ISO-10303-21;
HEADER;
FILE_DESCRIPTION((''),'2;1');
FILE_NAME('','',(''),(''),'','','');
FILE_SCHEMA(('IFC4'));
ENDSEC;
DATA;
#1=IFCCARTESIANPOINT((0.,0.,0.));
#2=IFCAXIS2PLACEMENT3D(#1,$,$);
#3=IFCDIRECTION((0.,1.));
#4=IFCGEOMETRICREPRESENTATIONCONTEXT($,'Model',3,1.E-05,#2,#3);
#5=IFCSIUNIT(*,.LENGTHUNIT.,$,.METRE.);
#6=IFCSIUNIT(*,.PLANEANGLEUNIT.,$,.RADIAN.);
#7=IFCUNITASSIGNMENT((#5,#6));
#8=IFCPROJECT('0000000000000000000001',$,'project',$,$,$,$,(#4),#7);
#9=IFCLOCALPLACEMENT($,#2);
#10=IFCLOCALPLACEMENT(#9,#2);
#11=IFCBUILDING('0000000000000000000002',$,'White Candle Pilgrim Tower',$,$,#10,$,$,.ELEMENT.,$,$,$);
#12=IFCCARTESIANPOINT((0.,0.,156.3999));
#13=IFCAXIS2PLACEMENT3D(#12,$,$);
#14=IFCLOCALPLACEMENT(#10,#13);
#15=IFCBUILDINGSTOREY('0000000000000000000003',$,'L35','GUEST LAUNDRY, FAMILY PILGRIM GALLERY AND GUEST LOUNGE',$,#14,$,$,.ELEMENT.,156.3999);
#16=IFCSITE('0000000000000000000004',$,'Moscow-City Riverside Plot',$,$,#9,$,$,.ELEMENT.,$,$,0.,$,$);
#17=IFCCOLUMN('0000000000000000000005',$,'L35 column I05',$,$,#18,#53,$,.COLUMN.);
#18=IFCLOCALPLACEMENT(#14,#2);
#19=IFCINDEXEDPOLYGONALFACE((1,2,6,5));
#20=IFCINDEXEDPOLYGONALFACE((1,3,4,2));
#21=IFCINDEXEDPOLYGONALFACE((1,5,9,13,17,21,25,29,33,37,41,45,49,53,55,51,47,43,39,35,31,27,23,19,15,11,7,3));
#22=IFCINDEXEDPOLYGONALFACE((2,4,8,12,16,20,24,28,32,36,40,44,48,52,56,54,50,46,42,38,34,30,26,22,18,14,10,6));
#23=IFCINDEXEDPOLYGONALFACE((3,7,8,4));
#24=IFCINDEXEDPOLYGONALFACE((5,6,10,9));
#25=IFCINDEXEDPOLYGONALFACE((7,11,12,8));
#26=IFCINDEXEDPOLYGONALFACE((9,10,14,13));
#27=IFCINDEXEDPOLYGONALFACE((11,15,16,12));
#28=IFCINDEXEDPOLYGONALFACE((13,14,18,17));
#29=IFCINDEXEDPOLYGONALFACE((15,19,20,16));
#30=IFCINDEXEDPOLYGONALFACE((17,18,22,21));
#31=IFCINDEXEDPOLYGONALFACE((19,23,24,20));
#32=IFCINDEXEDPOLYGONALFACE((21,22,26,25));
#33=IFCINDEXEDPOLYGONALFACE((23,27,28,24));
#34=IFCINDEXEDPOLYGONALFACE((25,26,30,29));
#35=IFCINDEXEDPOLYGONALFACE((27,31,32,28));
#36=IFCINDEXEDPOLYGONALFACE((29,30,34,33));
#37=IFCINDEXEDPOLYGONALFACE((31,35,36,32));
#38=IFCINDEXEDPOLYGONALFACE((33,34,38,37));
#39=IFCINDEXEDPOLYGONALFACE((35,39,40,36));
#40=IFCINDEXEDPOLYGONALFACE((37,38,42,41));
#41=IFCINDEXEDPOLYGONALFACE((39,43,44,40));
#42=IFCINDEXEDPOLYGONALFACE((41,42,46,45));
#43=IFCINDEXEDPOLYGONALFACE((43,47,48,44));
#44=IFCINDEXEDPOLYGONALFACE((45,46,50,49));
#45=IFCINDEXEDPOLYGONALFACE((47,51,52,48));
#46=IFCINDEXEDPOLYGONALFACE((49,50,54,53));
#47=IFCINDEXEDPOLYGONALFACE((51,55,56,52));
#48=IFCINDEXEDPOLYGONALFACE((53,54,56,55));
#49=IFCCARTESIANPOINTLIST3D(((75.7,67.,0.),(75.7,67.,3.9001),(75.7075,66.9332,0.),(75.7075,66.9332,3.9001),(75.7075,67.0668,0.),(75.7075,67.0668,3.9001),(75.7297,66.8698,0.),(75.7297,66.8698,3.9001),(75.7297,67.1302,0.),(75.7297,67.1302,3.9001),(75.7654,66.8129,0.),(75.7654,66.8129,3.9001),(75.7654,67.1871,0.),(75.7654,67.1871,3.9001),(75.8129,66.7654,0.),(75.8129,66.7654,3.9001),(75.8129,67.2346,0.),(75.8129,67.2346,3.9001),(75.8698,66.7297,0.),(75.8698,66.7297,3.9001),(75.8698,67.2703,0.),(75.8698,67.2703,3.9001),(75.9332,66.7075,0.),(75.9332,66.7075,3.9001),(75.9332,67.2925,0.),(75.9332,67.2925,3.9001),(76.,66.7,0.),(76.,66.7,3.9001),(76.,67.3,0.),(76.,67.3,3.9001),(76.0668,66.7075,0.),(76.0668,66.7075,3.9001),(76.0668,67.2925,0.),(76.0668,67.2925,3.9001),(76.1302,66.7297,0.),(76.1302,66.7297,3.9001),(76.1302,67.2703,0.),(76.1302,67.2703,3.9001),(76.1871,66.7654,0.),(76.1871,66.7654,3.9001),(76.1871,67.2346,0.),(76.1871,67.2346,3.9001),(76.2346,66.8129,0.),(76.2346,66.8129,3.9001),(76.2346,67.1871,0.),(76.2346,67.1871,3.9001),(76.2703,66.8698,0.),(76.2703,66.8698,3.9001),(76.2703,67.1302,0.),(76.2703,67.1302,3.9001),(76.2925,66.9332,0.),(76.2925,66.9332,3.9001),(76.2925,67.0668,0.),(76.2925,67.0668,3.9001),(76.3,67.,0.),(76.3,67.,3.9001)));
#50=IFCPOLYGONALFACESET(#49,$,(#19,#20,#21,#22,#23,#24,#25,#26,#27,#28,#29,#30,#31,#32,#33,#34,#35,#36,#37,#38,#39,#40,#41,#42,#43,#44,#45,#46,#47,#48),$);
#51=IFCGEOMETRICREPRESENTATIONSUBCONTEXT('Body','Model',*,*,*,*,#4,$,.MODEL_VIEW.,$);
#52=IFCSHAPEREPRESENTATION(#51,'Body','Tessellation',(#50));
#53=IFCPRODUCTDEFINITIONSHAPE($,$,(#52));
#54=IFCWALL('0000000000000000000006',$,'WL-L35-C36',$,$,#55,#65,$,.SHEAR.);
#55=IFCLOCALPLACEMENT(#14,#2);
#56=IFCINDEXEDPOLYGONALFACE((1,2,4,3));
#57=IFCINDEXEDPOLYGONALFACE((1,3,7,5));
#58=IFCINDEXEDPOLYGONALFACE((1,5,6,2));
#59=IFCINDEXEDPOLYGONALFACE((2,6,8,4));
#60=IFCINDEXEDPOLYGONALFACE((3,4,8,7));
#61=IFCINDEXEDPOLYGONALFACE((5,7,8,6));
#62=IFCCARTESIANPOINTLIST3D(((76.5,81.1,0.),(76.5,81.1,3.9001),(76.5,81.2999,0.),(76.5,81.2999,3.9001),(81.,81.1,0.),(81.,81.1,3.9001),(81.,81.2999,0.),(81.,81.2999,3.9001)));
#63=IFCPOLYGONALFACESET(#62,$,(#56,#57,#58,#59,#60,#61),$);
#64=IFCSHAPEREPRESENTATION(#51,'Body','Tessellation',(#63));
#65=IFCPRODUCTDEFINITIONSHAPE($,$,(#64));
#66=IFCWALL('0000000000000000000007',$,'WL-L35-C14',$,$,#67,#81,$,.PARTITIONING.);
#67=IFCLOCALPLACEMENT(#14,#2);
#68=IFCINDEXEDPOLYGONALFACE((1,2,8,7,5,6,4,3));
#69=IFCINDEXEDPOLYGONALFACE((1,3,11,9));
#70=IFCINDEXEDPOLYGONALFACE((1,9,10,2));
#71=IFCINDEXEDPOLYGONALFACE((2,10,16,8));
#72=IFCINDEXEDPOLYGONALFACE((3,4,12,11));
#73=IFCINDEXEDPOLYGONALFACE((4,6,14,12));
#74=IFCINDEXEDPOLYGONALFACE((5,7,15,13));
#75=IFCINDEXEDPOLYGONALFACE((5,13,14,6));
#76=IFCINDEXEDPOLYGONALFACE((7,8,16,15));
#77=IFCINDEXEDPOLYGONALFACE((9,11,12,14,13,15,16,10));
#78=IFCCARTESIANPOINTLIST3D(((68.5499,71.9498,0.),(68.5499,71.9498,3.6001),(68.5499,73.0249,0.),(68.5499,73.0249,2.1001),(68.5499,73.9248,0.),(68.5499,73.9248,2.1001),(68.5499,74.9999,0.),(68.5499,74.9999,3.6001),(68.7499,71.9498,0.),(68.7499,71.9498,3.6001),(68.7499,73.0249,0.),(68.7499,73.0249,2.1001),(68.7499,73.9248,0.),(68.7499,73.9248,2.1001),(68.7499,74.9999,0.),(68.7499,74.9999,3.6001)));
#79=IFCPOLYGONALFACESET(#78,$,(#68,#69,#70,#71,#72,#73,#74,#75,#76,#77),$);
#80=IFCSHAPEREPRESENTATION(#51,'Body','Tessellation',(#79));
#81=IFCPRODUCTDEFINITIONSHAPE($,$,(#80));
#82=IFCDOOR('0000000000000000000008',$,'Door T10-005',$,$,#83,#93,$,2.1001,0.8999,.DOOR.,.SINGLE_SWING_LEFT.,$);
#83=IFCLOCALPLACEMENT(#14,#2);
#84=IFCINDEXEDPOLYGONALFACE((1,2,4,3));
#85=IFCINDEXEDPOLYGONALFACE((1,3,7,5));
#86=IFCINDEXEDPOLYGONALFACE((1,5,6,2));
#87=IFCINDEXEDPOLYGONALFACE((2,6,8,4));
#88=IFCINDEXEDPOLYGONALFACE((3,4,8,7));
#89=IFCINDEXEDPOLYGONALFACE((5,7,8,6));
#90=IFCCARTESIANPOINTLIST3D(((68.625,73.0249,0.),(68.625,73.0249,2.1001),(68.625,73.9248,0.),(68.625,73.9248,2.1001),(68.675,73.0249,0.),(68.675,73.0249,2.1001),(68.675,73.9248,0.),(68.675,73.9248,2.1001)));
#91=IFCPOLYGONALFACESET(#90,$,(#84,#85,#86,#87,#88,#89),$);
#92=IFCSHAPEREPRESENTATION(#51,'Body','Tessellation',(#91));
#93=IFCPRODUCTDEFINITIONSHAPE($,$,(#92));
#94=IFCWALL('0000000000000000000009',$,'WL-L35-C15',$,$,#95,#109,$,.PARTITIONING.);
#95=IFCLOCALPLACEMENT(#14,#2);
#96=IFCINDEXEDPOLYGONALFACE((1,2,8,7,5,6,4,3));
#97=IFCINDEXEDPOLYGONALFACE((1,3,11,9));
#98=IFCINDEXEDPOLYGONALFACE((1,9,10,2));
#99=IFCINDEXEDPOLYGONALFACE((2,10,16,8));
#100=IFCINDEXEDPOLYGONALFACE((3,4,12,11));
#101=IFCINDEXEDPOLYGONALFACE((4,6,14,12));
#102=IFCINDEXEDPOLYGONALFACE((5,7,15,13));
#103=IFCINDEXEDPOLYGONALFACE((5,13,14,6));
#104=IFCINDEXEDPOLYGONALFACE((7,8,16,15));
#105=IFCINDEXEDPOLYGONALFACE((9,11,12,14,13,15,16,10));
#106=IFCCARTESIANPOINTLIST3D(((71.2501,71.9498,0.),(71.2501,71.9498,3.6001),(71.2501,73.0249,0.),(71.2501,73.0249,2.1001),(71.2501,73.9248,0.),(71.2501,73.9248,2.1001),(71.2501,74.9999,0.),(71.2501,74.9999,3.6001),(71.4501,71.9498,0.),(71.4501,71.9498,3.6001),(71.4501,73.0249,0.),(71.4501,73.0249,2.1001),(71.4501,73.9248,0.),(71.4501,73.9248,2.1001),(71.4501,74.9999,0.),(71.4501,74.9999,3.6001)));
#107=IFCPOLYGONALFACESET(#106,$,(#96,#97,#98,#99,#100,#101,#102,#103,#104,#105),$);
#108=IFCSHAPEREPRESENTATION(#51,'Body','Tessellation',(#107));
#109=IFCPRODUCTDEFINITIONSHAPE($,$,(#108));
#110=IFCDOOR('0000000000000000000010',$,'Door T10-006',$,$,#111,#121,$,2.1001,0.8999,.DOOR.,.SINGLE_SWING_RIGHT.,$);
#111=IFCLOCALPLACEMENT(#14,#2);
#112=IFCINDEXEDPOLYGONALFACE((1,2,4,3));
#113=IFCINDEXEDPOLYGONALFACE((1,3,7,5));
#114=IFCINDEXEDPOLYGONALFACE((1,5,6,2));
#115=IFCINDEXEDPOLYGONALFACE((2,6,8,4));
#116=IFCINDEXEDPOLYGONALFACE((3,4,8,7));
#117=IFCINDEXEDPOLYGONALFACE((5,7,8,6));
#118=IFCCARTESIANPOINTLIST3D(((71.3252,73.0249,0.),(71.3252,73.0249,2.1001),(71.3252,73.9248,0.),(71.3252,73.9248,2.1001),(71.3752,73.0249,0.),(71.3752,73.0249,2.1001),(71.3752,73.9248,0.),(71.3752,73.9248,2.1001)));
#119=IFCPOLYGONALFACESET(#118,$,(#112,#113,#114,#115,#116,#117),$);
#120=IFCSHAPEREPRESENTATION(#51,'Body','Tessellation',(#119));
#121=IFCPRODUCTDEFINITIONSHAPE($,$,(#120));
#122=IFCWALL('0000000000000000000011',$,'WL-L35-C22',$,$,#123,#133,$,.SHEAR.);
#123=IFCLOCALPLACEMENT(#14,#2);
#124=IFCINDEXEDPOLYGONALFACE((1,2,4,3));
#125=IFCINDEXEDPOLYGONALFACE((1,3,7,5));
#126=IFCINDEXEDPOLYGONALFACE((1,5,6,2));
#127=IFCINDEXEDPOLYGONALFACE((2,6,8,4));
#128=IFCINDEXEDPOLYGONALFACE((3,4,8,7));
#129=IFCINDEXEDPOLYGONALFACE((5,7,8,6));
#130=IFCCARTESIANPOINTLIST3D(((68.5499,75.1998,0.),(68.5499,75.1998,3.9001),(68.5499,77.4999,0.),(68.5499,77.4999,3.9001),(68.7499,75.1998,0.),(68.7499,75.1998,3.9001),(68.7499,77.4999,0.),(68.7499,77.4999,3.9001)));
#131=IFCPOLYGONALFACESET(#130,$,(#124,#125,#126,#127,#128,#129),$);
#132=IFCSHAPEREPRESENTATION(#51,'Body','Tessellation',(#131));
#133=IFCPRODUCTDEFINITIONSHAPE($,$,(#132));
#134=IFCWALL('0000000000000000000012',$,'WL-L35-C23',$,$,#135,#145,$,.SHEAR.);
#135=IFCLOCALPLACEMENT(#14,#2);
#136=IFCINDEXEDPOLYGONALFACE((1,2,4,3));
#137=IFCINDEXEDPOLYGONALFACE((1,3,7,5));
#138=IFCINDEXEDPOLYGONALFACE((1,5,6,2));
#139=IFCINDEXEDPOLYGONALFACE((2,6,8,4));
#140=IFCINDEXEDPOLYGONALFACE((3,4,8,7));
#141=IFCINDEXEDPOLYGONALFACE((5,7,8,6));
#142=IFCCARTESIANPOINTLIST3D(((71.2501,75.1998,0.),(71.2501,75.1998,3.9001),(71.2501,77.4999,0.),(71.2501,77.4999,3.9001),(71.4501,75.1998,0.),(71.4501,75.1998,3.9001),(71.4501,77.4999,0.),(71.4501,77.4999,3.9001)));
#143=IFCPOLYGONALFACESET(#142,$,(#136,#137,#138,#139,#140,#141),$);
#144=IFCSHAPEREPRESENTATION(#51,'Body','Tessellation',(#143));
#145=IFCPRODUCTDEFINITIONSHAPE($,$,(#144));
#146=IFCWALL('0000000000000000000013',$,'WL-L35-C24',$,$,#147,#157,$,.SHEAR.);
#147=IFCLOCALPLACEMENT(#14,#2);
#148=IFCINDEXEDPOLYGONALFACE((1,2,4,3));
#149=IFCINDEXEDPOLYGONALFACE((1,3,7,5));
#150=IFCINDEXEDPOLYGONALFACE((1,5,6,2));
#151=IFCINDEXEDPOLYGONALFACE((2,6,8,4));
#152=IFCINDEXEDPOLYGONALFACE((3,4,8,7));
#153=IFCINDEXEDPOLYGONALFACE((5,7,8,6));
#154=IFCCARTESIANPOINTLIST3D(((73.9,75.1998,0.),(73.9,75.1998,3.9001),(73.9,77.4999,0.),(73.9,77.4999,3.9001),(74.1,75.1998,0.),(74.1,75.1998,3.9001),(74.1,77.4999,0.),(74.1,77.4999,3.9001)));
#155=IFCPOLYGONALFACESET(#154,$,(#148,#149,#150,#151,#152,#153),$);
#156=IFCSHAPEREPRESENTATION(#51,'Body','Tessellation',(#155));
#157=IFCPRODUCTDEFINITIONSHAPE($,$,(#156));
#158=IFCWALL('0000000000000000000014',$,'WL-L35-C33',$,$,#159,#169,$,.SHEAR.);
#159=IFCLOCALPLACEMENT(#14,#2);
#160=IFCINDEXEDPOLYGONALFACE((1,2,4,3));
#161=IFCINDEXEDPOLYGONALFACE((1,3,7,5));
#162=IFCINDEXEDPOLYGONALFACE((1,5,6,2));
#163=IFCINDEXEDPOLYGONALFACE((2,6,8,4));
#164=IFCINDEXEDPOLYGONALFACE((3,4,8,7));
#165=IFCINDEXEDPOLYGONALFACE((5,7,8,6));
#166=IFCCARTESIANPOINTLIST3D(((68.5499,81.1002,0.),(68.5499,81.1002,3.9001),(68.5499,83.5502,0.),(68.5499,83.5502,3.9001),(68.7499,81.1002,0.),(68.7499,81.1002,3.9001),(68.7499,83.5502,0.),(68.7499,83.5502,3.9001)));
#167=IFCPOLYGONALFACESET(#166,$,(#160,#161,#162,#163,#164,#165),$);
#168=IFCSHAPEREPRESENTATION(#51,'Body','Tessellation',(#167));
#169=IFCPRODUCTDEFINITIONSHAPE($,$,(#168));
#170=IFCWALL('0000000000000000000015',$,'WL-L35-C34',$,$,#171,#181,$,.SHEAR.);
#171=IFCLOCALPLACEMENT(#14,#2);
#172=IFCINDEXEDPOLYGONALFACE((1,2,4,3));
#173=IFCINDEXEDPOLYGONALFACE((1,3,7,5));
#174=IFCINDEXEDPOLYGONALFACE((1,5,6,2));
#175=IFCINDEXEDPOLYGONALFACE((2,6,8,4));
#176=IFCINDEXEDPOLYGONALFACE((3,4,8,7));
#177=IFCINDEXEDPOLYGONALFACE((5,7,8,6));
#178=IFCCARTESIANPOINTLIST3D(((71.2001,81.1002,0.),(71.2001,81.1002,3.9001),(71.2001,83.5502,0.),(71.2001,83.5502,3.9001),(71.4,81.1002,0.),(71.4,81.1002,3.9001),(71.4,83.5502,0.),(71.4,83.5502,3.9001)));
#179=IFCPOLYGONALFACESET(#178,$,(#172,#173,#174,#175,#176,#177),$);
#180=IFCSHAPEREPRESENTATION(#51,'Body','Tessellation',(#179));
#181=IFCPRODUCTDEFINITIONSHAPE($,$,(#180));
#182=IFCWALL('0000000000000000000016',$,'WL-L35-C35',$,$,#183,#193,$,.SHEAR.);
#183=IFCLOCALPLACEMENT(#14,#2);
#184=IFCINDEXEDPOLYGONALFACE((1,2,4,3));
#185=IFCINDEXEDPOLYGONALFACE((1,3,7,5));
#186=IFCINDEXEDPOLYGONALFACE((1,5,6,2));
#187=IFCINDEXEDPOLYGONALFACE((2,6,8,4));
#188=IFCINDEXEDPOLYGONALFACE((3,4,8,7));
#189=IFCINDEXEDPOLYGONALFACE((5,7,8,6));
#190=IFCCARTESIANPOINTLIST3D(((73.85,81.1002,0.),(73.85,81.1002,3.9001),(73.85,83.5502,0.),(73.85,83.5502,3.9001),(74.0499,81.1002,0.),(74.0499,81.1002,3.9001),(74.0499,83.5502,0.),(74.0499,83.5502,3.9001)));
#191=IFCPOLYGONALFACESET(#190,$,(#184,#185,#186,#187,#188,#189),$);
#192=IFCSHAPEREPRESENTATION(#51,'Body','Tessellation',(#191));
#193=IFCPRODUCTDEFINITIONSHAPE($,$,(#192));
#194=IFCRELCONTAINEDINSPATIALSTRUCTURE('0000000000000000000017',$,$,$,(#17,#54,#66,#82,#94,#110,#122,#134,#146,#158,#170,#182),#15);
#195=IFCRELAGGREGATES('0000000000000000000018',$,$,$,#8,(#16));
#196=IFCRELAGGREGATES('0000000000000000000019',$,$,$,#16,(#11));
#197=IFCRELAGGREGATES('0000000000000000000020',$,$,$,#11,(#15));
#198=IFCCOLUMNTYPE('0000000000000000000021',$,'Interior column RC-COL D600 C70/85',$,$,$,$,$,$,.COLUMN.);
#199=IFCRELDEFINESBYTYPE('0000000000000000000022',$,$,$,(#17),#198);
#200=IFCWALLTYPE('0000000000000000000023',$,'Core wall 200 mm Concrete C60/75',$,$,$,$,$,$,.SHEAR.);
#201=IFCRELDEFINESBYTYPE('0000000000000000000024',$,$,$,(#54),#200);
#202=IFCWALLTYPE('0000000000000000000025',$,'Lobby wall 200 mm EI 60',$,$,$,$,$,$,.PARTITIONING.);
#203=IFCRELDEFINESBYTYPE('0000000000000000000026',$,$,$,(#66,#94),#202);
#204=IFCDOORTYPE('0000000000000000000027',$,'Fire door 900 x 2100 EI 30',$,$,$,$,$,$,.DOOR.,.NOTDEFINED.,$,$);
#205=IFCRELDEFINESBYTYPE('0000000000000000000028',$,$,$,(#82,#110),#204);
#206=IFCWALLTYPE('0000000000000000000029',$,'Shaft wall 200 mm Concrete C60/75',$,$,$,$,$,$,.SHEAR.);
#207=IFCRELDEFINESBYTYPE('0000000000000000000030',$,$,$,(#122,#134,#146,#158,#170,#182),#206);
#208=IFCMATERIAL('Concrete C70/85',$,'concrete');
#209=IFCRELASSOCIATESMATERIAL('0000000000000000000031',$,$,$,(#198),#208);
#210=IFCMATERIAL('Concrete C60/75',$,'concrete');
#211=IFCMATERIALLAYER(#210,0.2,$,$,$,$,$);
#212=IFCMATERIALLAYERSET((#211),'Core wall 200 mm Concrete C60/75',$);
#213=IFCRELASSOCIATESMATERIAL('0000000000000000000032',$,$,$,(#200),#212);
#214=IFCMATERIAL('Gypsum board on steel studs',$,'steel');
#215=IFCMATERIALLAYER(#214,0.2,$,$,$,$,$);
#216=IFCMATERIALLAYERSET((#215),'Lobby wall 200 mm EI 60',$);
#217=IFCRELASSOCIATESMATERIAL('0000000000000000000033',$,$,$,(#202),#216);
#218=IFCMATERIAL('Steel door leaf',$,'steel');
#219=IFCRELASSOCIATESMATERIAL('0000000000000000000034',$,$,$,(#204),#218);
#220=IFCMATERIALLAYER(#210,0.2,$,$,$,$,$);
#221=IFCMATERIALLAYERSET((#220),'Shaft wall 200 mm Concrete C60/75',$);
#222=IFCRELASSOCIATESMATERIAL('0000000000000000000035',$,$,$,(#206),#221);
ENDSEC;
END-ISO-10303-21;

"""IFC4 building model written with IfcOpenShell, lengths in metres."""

from ifc_helpers import new_model, si_unit, direction, frame, frame_2d, origin, origin_2d, place, context, subcontext, project, spatial, rectangle, circle, extrude, material, layer, layer_set, material_profile, profile_set, type_object, element, fill, save


model = new_model("IFC4")

# Units and contexts
model_context = context("Model", 3, precision=1e-05, world=origin(), true_north=direction((0.0, 1.0)))
body_context = subcontext(model_context, "Body", "Model", "MODEL_VIEW")
ifc_project = project(units=[si_unit("LENGTHUNIT", "METRE"), si_unit("PLANEANGLEUNIT", "RADIAN")], contexts=[model_context])

# Site, building, storey
site_placement = place(None, origin())
site = spatial("IfcSite", under=ifc_project, at=site_placement, Name="Moscow-City Riverside Plot", CompositionType="ELEMENT", RefElevation=0.0)
building_placement = place(site_placement, origin())
building = spatial("IfcBuilding", under=site, at=building_placement, Name="White Candle Pilgrim Tower", CompositionType="ELEMENT")
storey_placement = place(building_placement, frame((0.0, 0.0, 156.3999)))
storey = spatial("IfcBuildingStorey", under=building, at=storey_placement, Name="L35", Description="GUEST LAUNDRY, FAMILY PILGRIM GALLERY AND GUEST LOUNGE", CompositionType="ELEMENT", Elevation=156.3999)

# Column
ifc_material_1 = material(Name="Concrete C70/85", Category="concrete")
ifc_material_profile = material_profile(ifc_material_1, circle(Radius=0.3, at=origin_2d()), Name="RC-COL D600")
ifc_profile_set = profile_set([ifc_material_profile], Name="Concrete C70/85")
column_type = type_object("IfcColumnType", Name="Interior column RC-COL D600 C70/85", PredefinedType="COLUMN", material=ifc_profile_set)
column_placement = place(storey_placement, frame((76.0, 67.0, 0.0), z_axis=(0.0, 0.0, 1.0), x_axis=(1.0, 0.0, 0.0)))
element("IfcColumn", 1, at=column_placement, inside=storey, type_object=column_type, Name="L35 column I05", PredefinedType="COLUMN", context=body_context, shape_type="SweptSolid", body=[
    extrude(circle(Radius=0.3, at=origin_2d()), origin(), (0.0, 0.0, 1.0), 3.9001),
])

# Wall
ifc_material_2 = material(Name="Concrete C60/75", Category="concrete")
ifc_layer_1 = layer(ifc_material_2, 0.2)
ifc_layer_set_1 = layer_set([ifc_layer_1], Name="Core wall 200 mm Concrete C60/75")
wall_type_1 = type_object("IfcWallType", Name="Core wall 200 mm Concrete C60/75", PredefinedType="SHEAR", material=ifc_layer_set_1)
wall_1_placement = place(storey_placement, frame((76.5, 81.2, 0.0), z_axis=(0.0, 0.0, 1.0), x_axis=(1.0, 0.0, 0.0)))
element("IfcWall", 2, at=wall_1_placement, inside=storey, type_object=wall_type_1, Name="WL-L35-C36", PredefinedType="SHEAR", context=body_context, shape_type="SweptSolid", body=[
    extrude(rectangle(XDim=4.5, YDim=0.2, at=frame_2d((2.25, 0.0))), origin(), (0.0, 0.0, 1.0), 3.9001),
])

# Walls, openings, doors
ifc_material_3 = material(Name="Gypsum board on steel studs", Category="steel")
ifc_layer_2 = layer(ifc_material_3, 0.2)
ifc_layer_set_2 = layer_set([ifc_layer_2], Name="Lobby wall 200 mm EI 60")
wall_type_2 = type_object("IfcWallType", Name="Lobby wall 200 mm EI 60", PredefinedType="PARTITIONING", material=ifc_layer_set_2)
wall_2_placement = place(storey_placement, frame((68.6499, 71.95, 0.0), z_axis=(0.0, 0.0, 1.0), x_axis=(0.0, 1.0, 0.0)))
wall_2 = element("IfcWall", 3, at=wall_2_placement, inside=storey, type_object=wall_type_2, Name="WL-L35-C14", PredefinedType="PARTITIONING", context=body_context, shape_type="SweptSolid", body=[
    extrude(rectangle(XDim=3.05, YDim=0.2, at=frame_2d((1.5249, 0.0))), origin(), (0.0, 0.0, 1.0), 3.6001),
])
opening_1_placement = place(wall_2_placement, frame((1.075, 0.0, 0.0)))
opening_1 = element("IfcOpeningElement", 4, at=opening_1_placement, cuts=wall_2, PredefinedType="OPENING", context=body_context, shape_type="SweptSolid", body=[
    extrude(rectangle(XDim=0.8999, YDim=2.1001, at=frame_2d((0.45, 1.05))), frame((0.0, 0.1099, 0.0), z_axis=(0.0, -1.0, 0.0), x_axis=(1.0, 0.0, 0.0)), (0.0, 0.0, 1.0), 0.22),
])
ifc_material_4 = material(Name="Steel door leaf", Category="steel")
door_type_1 = type_object("IfcDoorType", Name="Fire door 900 x 2100 EI 30", OperationType="NOTDEFINED", PredefinedType="DOOR", material=ifc_material_4)
door_1_placement = place(opening_1_placement, origin())
door_1 = element("IfcDoor", 5, at=door_1_placement, inside=storey, type_object=door_type_1, Name="Door T10-005", OperationType="SINGLE_SWING_LEFT", OverallHeight=2.1001, OverallWidth=0.8999, PredefinedType="DOOR", context=body_context, shape_type="SweptSolid", body=[
    extrude(rectangle(XDim=0.8999, YDim=2.1001, at=frame_2d((0.45, 1.05))), frame((0.0, 0.0249, 0.0), z_axis=(0.0, -1.0, 0.0), x_axis=(1.0, 0.0, 0.0)), (0.0, 0.0, 1.0), 0.05),
])
fill(opening_1, door_1)
wall_3_placement = place(storey_placement, frame((71.3501, 71.95, 0.0), z_axis=(0.0, 0.0, 1.0), x_axis=(0.0, 1.0, 0.0)))
wall_3 = element("IfcWall", 6, at=wall_3_placement, inside=storey, type_object=wall_type_2, Name="WL-L35-C15", PredefinedType="PARTITIONING", context=body_context, shape_type="SweptSolid", body=[
    extrude(rectangle(XDim=3.05, YDim=0.2, at=frame_2d((1.5249, 0.0))), origin(), (0.0, 0.0, 1.0), 3.6001),
])
opening_2_placement = place(wall_3_placement, frame((1.075, 0.0, 0.0)))
opening_2 = element("IfcOpeningElement", 7, at=opening_2_placement, cuts=wall_3, PredefinedType="OPENING", context=body_context, shape_type="SweptSolid", body=[
    extrude(rectangle(XDim=0.8999, YDim=2.1001, at=frame_2d((0.45, 1.05))), frame((0.0, 0.1099, 0.0), z_axis=(0.0, -1.0, 0.0), x_axis=(1.0, 0.0, 0.0)), (0.0, 0.0, 1.0), 0.22),
])
door_2_placement = place(opening_2_placement, origin())
door_2 = element("IfcDoor", 8, at=door_2_placement, inside=storey, type_object=door_type_1, Name="Door T10-006", OperationType="SINGLE_SWING_RIGHT", OverallHeight=2.1001, OverallWidth=0.8999, PredefinedType="DOOR", context=body_context, shape_type="SweptSolid", body=[
    extrude(rectangle(XDim=0.8999, YDim=2.1001, at=frame_2d((0.45, 1.05))), frame((0.0, 0.0249, 0.0), z_axis=(0.0, -1.0, 0.0), x_axis=(1.0, 0.0, 0.0)), (0.0, 0.0, 1.0), 0.05),
])
fill(opening_2, door_2)

# Walls
ifc_layer_3 = layer(ifc_material_2, 0.2)
ifc_layer_set_3 = layer_set([ifc_layer_3], Name="Shaft wall 200 mm Concrete C60/75")
wall_type_3 = type_object("IfcWallType", Name="Shaft wall 200 mm Concrete C60/75", PredefinedType="SHEAR", material=ifc_layer_set_3)
for number, where, z_axis, x_axis, name in (
    (9, (68.6499, 75.2, 0.0), (0.0, 0.0, 1.0), (0.0, 1.0, 0.0), "WL-L35-C22"),
    (10, (71.3501, 75.2, 0.0), (0.0, 0.0, 1.0), (0.0, 1.0, 0.0), "WL-L35-C23"),
    (11, (74.0, 75.2, 0.0), (0.0, 0.0, 1.0), (0.0, 1.0, 0.0), "WL-L35-C24"),
):
    element("IfcWall", number, at=place(storey_placement, frame(where, z_axis=z_axis, x_axis=x_axis)), inside=storey, type_object=wall_type_3, Name=name, PredefinedType="SHEAR", context=body_context, shape_type="SweptSolid", body=[
        extrude(rectangle(XDim=2.3, YDim=0.2, at=frame_2d((1.1499, 0.0))), origin(), (0.0, 0.0, 1.0), 3.9001),
    ])
for number, where, z_axis, x_axis, name in (
    (12, (68.6499, 81.1001, 0.0), (0.0, 0.0, 1.0), (0.0, 1.0, 0.0), "WL-L35-C33"),
    (13, (71.3, 81.1001, 0.0), (0.0, 0.0, 1.0), (0.0, 1.0, 0.0), "WL-L35-C34"),
    (14, (73.95, 81.1001, 0.0), (0.0, 0.0, 1.0), (0.0, 1.0, 0.0), "WL-L35-C35"),
):
    element("IfcWall", number, at=place(storey_placement, frame(where, z_axis=z_axis, x_axis=x_axis)), inside=storey, type_object=wall_type_3, Name=name, PredefinedType="SHEAR", context=body_context, shape_type="SweptSolid", body=[
        extrude(rectangle(XDim=2.45, YDim=0.2, at=frame_2d((1.2251, 0.0))), origin(), (0.0, 0.0, 1.0), 3.9001),
    ])

save(model, "model.ifc")
